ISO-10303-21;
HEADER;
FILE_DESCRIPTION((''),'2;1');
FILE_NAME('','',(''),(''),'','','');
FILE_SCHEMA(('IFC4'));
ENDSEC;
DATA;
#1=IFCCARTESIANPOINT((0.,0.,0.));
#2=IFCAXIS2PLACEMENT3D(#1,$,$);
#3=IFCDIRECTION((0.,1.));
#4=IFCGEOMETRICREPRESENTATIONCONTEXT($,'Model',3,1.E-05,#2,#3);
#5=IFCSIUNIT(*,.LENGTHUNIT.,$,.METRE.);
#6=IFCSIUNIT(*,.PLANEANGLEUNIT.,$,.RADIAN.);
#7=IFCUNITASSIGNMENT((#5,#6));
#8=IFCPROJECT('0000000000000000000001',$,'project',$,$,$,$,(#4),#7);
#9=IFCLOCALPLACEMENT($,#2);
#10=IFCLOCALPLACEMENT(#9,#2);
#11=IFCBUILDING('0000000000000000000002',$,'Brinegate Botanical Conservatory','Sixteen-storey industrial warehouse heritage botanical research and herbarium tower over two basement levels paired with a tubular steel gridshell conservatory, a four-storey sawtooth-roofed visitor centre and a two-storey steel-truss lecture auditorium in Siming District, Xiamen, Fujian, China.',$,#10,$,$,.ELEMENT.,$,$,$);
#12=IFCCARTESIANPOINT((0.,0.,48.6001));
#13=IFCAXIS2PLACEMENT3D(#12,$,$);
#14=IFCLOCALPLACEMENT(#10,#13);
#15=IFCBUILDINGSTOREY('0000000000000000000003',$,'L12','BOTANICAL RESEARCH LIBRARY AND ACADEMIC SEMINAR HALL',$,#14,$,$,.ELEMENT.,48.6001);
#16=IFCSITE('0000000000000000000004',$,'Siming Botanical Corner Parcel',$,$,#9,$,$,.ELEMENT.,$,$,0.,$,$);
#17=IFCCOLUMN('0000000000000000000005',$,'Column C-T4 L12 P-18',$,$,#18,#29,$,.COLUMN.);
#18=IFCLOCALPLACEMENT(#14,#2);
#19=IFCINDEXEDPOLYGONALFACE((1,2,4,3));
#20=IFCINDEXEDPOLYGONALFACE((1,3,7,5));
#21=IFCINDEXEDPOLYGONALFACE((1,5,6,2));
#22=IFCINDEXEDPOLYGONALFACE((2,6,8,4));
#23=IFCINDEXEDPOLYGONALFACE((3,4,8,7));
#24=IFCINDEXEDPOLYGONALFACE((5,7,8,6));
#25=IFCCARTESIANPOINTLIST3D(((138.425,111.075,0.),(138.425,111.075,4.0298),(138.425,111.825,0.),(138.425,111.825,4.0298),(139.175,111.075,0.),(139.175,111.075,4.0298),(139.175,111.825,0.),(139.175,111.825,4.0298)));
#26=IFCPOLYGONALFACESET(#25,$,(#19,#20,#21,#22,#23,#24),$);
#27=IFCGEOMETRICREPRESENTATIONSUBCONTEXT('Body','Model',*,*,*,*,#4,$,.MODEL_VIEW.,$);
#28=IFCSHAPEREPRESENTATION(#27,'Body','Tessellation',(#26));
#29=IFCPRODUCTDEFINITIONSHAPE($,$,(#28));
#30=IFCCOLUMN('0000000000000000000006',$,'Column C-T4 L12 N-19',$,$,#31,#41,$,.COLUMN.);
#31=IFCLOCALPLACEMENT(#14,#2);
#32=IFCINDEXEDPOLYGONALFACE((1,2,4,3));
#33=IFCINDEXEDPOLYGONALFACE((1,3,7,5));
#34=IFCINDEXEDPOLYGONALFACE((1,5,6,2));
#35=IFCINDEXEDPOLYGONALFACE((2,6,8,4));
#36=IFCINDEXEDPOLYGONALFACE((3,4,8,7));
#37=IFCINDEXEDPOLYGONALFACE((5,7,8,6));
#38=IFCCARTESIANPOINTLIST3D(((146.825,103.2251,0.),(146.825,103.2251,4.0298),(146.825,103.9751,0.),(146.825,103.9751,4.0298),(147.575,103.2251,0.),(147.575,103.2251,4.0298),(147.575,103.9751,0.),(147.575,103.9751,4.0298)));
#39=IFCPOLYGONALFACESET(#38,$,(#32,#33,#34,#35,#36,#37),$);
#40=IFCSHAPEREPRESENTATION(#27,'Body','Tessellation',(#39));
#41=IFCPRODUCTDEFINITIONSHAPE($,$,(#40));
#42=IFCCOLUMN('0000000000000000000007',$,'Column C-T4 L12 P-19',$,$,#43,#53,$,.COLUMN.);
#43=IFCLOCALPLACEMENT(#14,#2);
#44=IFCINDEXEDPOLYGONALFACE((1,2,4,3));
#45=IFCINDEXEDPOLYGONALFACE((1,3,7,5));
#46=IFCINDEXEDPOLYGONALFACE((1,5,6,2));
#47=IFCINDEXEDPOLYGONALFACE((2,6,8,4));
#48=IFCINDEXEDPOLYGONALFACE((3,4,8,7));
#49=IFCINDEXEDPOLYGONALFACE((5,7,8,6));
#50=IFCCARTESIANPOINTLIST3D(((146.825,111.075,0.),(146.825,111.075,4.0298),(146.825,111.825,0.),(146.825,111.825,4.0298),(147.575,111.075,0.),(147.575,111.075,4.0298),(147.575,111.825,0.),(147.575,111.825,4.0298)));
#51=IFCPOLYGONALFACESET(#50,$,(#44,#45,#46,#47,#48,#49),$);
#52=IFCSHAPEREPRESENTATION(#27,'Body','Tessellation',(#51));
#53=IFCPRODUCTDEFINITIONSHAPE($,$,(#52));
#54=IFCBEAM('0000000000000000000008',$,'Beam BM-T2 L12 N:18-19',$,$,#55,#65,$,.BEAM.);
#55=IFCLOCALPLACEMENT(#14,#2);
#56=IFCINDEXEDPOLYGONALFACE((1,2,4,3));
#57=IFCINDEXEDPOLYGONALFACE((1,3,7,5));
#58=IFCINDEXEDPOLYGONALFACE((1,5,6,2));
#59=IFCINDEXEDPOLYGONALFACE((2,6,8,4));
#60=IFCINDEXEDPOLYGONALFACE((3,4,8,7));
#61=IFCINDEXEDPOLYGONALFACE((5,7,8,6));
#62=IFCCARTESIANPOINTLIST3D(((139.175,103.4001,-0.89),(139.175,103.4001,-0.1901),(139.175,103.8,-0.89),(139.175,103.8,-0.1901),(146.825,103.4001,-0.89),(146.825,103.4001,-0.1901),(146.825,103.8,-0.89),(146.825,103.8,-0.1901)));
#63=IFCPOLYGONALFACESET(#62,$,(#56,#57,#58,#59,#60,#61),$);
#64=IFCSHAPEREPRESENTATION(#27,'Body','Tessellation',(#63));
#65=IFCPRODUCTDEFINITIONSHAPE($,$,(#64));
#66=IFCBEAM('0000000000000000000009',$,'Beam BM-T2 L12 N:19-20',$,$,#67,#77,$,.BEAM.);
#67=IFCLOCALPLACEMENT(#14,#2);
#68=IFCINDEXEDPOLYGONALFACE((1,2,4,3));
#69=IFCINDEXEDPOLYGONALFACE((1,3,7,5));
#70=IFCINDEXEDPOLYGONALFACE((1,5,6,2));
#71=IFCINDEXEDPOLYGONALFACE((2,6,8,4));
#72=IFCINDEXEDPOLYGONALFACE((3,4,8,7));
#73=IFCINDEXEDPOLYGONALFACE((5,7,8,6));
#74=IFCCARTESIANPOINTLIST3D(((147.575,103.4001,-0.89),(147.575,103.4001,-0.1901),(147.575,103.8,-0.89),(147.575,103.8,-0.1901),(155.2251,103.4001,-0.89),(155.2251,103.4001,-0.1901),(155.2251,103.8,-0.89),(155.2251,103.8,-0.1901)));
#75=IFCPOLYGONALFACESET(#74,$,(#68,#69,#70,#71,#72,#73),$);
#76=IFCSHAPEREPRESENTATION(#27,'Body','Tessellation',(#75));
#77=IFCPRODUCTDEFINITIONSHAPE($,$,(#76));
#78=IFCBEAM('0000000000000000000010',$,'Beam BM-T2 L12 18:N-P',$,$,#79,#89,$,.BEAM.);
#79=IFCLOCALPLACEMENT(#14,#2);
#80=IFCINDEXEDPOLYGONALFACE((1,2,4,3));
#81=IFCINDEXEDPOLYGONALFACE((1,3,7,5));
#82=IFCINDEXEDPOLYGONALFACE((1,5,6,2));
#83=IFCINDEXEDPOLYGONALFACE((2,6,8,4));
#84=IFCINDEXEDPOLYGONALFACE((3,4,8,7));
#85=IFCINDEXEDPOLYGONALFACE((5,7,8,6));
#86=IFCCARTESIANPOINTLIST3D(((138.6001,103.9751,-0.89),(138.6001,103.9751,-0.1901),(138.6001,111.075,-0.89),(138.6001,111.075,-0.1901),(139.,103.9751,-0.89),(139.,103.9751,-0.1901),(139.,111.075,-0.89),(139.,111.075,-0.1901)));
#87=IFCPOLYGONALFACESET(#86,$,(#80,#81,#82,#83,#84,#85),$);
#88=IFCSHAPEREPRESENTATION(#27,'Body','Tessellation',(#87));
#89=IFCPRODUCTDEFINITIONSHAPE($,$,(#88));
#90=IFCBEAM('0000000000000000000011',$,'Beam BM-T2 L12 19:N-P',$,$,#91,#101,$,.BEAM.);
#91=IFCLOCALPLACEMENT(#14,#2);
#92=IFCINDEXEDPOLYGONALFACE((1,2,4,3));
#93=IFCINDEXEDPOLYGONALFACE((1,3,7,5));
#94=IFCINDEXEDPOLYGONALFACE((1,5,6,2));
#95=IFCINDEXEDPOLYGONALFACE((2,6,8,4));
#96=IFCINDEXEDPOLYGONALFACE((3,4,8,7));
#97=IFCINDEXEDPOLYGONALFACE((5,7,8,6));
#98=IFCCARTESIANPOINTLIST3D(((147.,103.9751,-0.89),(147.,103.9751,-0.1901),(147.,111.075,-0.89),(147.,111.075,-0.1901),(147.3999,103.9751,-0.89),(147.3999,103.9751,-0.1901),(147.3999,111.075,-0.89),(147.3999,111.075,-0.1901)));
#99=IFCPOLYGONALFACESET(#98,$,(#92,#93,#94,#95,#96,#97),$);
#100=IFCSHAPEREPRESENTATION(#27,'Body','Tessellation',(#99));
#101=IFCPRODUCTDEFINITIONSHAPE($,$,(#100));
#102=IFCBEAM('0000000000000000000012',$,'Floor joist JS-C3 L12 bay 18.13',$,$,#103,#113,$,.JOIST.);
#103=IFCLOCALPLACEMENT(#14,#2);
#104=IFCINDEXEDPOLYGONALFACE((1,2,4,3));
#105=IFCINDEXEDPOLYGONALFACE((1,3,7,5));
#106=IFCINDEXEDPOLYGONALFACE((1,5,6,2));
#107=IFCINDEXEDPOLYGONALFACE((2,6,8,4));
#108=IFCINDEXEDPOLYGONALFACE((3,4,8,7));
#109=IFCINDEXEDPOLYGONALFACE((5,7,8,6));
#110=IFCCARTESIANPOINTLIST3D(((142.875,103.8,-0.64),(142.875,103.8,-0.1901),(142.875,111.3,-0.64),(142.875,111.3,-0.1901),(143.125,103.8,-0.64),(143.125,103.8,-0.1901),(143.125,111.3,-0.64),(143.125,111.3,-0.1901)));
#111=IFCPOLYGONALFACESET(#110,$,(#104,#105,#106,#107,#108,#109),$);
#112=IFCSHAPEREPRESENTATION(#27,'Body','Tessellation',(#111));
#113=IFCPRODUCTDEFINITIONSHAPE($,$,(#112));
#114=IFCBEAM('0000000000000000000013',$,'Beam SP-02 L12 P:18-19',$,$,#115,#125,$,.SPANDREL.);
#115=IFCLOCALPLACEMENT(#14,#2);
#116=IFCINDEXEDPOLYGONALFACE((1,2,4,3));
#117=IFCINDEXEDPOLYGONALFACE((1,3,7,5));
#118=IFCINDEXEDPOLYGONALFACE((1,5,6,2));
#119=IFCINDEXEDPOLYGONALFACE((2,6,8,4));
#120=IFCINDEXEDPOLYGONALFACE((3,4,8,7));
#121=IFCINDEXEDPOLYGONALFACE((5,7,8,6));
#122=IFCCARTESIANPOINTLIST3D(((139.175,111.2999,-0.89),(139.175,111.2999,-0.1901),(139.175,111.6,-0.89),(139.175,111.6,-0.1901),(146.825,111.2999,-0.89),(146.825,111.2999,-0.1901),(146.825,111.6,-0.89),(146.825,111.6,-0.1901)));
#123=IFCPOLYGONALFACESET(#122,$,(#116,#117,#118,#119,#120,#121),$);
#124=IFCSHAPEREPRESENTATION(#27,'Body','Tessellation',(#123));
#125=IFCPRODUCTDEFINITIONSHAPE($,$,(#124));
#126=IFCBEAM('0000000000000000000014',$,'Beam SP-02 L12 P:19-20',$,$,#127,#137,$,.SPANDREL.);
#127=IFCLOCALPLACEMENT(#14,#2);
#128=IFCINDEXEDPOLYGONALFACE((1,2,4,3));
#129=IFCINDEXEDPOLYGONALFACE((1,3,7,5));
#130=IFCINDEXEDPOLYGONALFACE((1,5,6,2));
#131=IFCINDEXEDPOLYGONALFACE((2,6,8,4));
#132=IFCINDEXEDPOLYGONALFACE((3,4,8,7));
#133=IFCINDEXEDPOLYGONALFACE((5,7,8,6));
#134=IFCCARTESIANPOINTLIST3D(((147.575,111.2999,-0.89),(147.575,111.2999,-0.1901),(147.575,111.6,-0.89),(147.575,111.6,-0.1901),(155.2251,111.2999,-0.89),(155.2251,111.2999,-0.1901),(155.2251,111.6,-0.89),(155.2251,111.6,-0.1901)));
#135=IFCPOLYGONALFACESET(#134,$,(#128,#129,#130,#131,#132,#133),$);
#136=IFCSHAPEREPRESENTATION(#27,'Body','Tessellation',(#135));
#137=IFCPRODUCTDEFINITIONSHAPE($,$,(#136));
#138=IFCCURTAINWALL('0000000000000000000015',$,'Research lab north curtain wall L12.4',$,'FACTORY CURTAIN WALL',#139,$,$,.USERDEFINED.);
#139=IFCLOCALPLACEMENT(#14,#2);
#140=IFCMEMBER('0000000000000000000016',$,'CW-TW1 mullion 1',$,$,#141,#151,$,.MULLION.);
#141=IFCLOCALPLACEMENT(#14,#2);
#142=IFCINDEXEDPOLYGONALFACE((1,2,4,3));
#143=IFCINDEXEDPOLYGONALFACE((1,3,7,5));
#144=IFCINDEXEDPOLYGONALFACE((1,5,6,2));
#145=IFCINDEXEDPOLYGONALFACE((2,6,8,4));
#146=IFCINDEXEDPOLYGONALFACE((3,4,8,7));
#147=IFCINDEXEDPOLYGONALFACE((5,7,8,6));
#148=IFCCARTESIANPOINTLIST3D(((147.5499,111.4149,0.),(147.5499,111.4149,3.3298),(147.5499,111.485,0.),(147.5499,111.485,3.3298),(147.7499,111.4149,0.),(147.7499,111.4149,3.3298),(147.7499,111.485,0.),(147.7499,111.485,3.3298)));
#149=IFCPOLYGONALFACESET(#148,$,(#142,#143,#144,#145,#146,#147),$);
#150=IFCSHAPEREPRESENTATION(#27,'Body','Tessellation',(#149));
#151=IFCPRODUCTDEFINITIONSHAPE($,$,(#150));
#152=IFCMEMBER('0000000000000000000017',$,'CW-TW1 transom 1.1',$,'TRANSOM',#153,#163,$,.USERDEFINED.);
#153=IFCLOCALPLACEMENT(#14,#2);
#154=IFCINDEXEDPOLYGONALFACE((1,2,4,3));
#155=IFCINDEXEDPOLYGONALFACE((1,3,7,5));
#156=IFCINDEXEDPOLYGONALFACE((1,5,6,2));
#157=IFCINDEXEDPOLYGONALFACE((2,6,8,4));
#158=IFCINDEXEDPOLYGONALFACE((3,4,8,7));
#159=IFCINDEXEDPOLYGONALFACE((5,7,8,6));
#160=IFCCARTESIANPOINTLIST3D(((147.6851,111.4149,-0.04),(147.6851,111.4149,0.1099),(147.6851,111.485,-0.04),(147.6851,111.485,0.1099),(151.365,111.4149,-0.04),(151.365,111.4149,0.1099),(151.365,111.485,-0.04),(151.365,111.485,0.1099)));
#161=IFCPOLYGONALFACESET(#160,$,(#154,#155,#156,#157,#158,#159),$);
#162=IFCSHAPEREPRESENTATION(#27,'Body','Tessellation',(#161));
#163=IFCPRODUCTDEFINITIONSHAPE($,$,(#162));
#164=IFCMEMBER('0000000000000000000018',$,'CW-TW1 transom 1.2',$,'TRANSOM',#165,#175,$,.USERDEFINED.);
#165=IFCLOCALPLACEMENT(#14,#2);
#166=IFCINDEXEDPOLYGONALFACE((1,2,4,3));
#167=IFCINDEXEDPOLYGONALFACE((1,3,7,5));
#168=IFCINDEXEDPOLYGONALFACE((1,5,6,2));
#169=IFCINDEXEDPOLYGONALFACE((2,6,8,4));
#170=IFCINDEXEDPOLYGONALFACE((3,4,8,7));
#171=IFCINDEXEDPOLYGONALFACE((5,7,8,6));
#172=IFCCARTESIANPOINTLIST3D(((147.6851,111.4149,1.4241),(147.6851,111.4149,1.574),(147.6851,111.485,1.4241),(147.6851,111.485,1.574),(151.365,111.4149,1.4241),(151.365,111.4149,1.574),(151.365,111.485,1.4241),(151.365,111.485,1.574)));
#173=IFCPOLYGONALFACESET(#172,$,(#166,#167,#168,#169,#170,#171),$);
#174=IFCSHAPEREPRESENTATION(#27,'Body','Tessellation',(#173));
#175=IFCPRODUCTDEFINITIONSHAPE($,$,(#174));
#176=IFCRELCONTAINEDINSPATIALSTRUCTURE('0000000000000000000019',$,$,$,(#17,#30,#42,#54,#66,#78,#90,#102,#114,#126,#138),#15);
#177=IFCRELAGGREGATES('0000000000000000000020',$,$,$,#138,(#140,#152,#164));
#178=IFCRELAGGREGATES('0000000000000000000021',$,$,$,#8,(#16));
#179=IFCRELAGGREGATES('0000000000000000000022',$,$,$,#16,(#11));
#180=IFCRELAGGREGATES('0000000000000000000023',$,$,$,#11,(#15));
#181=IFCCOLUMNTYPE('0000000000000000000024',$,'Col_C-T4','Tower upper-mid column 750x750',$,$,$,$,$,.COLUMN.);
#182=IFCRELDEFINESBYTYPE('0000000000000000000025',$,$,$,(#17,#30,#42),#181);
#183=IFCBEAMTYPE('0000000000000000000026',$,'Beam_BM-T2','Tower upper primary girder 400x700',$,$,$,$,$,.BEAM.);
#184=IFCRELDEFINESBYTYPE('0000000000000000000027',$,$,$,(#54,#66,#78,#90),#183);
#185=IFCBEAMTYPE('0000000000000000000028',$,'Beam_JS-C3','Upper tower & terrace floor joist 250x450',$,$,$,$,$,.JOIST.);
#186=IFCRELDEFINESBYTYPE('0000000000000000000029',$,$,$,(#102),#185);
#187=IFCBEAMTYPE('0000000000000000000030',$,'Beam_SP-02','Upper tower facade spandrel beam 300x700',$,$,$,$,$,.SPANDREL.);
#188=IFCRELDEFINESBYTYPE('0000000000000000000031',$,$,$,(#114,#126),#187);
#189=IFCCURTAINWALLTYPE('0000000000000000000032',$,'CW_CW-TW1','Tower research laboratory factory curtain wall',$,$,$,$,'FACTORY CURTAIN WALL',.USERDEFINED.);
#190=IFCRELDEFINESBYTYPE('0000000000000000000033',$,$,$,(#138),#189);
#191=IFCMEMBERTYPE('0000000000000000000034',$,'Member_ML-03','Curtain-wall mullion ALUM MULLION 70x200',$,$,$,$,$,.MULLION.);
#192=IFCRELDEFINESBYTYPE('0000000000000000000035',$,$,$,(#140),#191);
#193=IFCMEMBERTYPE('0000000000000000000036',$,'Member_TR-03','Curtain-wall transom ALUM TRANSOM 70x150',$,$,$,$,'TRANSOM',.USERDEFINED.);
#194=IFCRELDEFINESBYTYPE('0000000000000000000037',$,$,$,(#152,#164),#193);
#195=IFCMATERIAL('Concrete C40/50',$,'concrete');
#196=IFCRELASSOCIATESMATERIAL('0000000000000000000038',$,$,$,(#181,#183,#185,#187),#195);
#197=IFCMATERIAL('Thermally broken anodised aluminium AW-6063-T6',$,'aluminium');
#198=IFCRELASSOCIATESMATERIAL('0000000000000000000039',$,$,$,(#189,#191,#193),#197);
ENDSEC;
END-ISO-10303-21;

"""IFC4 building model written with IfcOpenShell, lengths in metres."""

from ifc_helpers import new_model, si_unit, direction, frame, origin, origin_2d, place, context, subcontext, project, spatial, rectangle, extrude, material, material_profile, profile_set, type_object, element, aggregate, save


model = new_model("IFC4")

# Units and contexts
model_context = context("Model", 3, precision=1e-05, world=origin(), true_north=direction((0.0, 1.0)))
body_context = subcontext(model_context, "Body", "Model", "MODEL_VIEW")
ifc_project = project(units=[si_unit("LENGTHUNIT", "METRE"), si_unit("PLANEANGLEUNIT", "RADIAN")], contexts=[model_context])

# Site, building, storey
site_placement = place(None, origin())
site = spatial("IfcSite", under=ifc_project, at=site_placement, Name="Siming Botanical Corner Parcel", CompositionType="ELEMENT", RefElevation=0.0)
building_placement = place(site_placement, origin())
building = spatial("IfcBuilding", under=site, at=building_placement, Name="Brinegate Botanical Conservatory", Description="Sixteen-storey industrial warehouse heritage botanical research and herbarium tower over two basement levels paired with a tubular steel gridshell conservatory, a four-storey sawtooth-roofed visitor centre and a two-storey steel-truss lecture auditorium in Siming District, Xiamen, Fujian, China.", CompositionType="ELEMENT")
storey_placement = place(building_placement, frame((0.0, 0.0, 48.6001)))
storey = spatial("IfcBuildingStorey", under=building, at=storey_placement, Name="L12", Description="BOTANICAL RESEARCH LIBRARY AND ACADEMIC SEMINAR HALL", CompositionType="ELEMENT", Elevation=48.6001)

# Columns
ifc_material_1 = material(Name="Concrete C40/50", Category="concrete")
ifc_material_profile_1 = material_profile(ifc_material_1, rectangle(XDim=0.75, YDim=0.75, at=origin_2d()), Name="RC COL 750x750")
ifc_profile_set_1 = profile_set([ifc_material_profile_1], Name="Concrete C40/50")
column_type = type_object("IfcColumnType", Name="Col_C-T4", Description="Tower upper-mid column 750x750", PredefinedType="COLUMN", material=ifc_profile_set_1)
for number, where, z_axis, x_axis, name in (
    (1, (138.8, 111.45, 0.0), (0.0, 0.0, 1.0), (1.0, 0.0, 0.0), "Column C-T4 L12 P-18"),
    (2, (147.2, 103.6001, 0.0), (0.0, 0.0, 1.0), (1.0, 0.0, 0.0), "Column C-T4 L12 N-19"),
    (3, (147.2, 111.45, 0.0), (0.0, 0.0, 1.0), (1.0, 0.0, 0.0), "Column C-T4 L12 P-19"),
):
    element("IfcColumn", number, at=place(storey_placement, frame(where, z_axis=z_axis, x_axis=x_axis)), inside=storey, type_object=column_type, Name=name, PredefinedType="COLUMN", context=body_context, shape_type="SweptSolid", body=[
        extrude(rectangle(XDim=0.75, YDim=0.75, at=origin_2d()), origin(), (0.0, 0.0, 1.0), 4.0298),
    ])

# Beams
ifc_material_profile_2 = material_profile(ifc_material_1, rectangle(XDim=0.3999, YDim=0.7, at=origin_2d()), Name="RC BM 400x700")
ifc_profile_set_2 = profile_set([ifc_material_profile_2], Name="Concrete C40/50")
beam_type_1 = type_object("IfcBeamType", Name="Beam_BM-T2", Description="Tower upper primary girder 400x700", PredefinedType="BEAM", material=ifc_profile_set_2)
beam_1_placement = place(storey_placement, frame((139.175, 103.6001, -0.54), z_axis=(1.0, 0.0, 0.0), x_axis=(0.0, 1.0, 0.0)))
element("IfcBeam", 4, at=beam_1_placement, inside=storey, type_object=beam_type_1, Name="Beam BM-T2 L12 N:18-19", PredefinedType="BEAM", context=body_context, shape_type="SweptSolid", body=[
    extrude(rectangle(XDim=0.3999, YDim=0.7, at=origin_2d()), origin(), (0.0, 0.0, 1.0), 7.6499),
])
beam_2_placement = place(storey_placement, frame((147.575, 103.6001, -0.54), z_axis=(1.0, 0.0, 0.0), x_axis=(0.0, 1.0, 0.0)))
element("IfcBeam", 5, at=beam_2_placement, inside=storey, type_object=beam_type_1, Name="Beam BM-T2 L12 N:19-20", PredefinedType="BEAM", context=body_context, shape_type="SweptSolid", body=[
    extrude(rectangle(XDim=0.3999, YDim=0.7, at=origin_2d()), origin(), (0.0, 0.0, 1.0), 7.6501),
])
for number, where, z_axis, x_axis, name in (
    (6, (138.8, 103.9751, -0.54), (0.0, 1.0, 0.0), (-1.0, 0.0, 0.0), "Beam BM-T2 L12 18:N-P"),
    (7, (147.2, 103.9751, -0.54), (0.0, 1.0, 0.0), (-1.0, 0.0, 0.0), "Beam BM-T2 L12 19:N-P"),
):
    element("IfcBeam", number, at=place(storey_placement, frame(where, z_axis=z_axis, x_axis=x_axis)), inside=storey, type_object=beam_type_1, Name=name, PredefinedType="BEAM", context=body_context, shape_type="SweptSolid", body=[
        extrude(rectangle(XDim=0.3999, YDim=0.7, at=origin_2d()), origin(), (0.0, 0.0, 1.0), 7.0999),
    ])
ifc_material_profile_3 = material_profile(ifc_material_1, rectangle(XDim=0.25, YDim=0.45, at=origin_2d()), Name="RC JST 250x450")
ifc_profile_set_3 = profile_set([ifc_material_profile_3], Name="Concrete C40/50")
beam_type_2 = type_object("IfcBeamType", Name="Beam_JS-C3", Description="Upper tower & terrace floor joist 250x450", PredefinedType="JOIST", material=ifc_profile_set_3)
beam_3_placement = place(storey_placement, frame((143.0, 103.8, -0.415), z_axis=(0.0, 1.0, 0.0), x_axis=(-1.0, 0.0, 0.0)))
element("IfcBeam", 8, at=beam_3_placement, inside=storey, type_object=beam_type_2, Name="Floor joist JS-C3 L12 bay 18.13", PredefinedType="JOIST", context=body_context, shape_type="SweptSolid", body=[
    extrude(rectangle(XDim=0.25, YDim=0.45, at=origin_2d()), origin(), (0.0, 0.0, 1.0), 7.5),
])
ifc_material_profile_4 = material_profile(ifc_material_1, rectangle(XDim=0.3, YDim=0.7, at=origin_2d()), Name="RC SPN 300x700")
ifc_profile_set_4 = profile_set([ifc_material_profile_4], Name="Concrete C40/50")
beam_type_3 = type_object("IfcBeamType", Name="Beam_SP-02", Description="Upper tower facade spandrel beam 300x700", PredefinedType="SPANDREL", material=ifc_profile_set_4)
beam_4_placement = place(storey_placement, frame((139.175, 111.45, -0.54), z_axis=(1.0, 0.0, 0.0), x_axis=(0.0, 1.0, 0.0)))
element("IfcBeam", 9, at=beam_4_placement, inside=storey, type_object=beam_type_3, Name="Beam SP-02 L12 P:18-19", PredefinedType="SPANDREL", context=body_context, shape_type="SweptSolid", body=[
    extrude(rectangle(XDim=0.3, YDim=0.7, at=origin_2d()), origin(), (0.0, 0.0, 1.0), 7.6499),
])
beam_5_placement = place(storey_placement, frame((147.575, 111.45, -0.54), z_axis=(1.0, 0.0, 0.0), x_axis=(0.0, 1.0, 0.0)))
element("IfcBeam", 10, at=beam_5_placement, inside=storey, type_object=beam_type_3, Name="Beam SP-02 L12 P:19-20", PredefinedType="SPANDREL", context=body_context, shape_type="SweptSolid", body=[
    extrude(rectangle(XDim=0.3, YDim=0.7, at=origin_2d()), origin(), (0.0, 0.0, 1.0), 7.6501),
])

# Curtain wall, members
ifc_material_2 = material(Name="Thermally broken anodised aluminium AW-6063-T6", Category="aluminium")
curtain_wall_type = type_object("IfcCurtainWallType", Name="CW_CW-TW1", Description="Tower research laboratory factory curtain wall", ElementType="FACTORY CURTAIN WALL", PredefinedType="USERDEFINED", material=ifc_material_2)
curtain_wall_placement = place(storey_placement, origin())
curtain_wall = element("IfcCurtainWall", 11, at=curtain_wall_placement, inside=storey, type_object=curtain_wall_type, Name="Research lab north curtain wall L12.4", ObjectType="FACTORY CURTAIN WALL", PredefinedType="USERDEFINED")
ifc_material_profile_5 = material_profile(ifc_material_2, rectangle(XDim=0.0701, YDim=0.2, at=origin_2d()), Name="ALUM MULLION 70x200")
ifc_profile_set_5 = profile_set([ifc_material_profile_5], Name="Thermally broken anodised aluminium AW-6063-T6")
member_type_1 = type_object("IfcMemberType", Name="Member_ML-03", Description="Curtain-wall mullion ALUM MULLION 70x200", PredefinedType="MULLION", material=ifc_profile_set_5)
member_1_placement = place(storey_placement, frame((147.6499, 111.45, 0.0), z_axis=(0.0, 0.0, 1.0), x_axis=(0.0, 1.0, 0.0)))
member_1 = element("IfcMember", 12, at=member_1_placement, type_object=member_type_1, Name="CW-TW1 mullion 1", PredefinedType="MULLION", context=body_context, shape_type="SweptSolid", body=[
    extrude(rectangle(XDim=0.0701, YDim=0.2, at=origin_2d()), origin(), (0.0, 0.0, 1.0), 3.3298),
])
ifc_material_profile_6 = material_profile(ifc_material_2, rectangle(XDim=0.0701, YDim=0.1499, at=origin_2d()), Name="ALUM TRANSOM 70x150")
ifc_profile_set_6 = profile_set([ifc_material_profile_6], Name="Thermally broken anodised aluminium AW-6063-T6")
member_type_2 = type_object("IfcMemberType", Name="Member_TR-03", Description="Curtain-wall transom ALUM TRANSOM 70x150", ElementType="TRANSOM", PredefinedType="USERDEFINED", material=ifc_profile_set_6)
member_2_placement = place(storey_placement, frame((147.6851, 111.45, 0.0349), z_axis=(1.0, 0.0, 0.0), x_axis=(0.0, 1.0, 0.0)))
member_2 = element("IfcMember", 13, at=member_2_placement, type_object=member_type_2, Name="CW-TW1 transom 1.1", ObjectType="TRANSOM", PredefinedType="USERDEFINED", context=body_context, shape_type="SweptSolid", body=[
    extrude(rectangle(XDim=0.0701, YDim=0.1499, at=origin_2d()), origin(), (0.0, 0.0, 1.0), 3.6799),
])
member_3_placement = place(storey_placement, frame((147.6851, 111.45, 1.499), z_axis=(1.0, 0.0, 0.0), x_axis=(0.0, 1.0, 0.0)))
member_3 = element("IfcMember", 14, at=member_3_placement, type_object=member_type_2, Name="CW-TW1 transom 1.2", ObjectType="TRANSOM", PredefinedType="USERDEFINED", context=body_context, shape_type="SweptSolid", body=[
    extrude(rectangle(XDim=0.0701, YDim=0.1499, at=origin_2d()), origin(), (0.0, 0.0, 1.0), 3.6799),
])
aggregate(curtain_wall, [member_1, member_2, member_3])

save(model, "model.ifc")
